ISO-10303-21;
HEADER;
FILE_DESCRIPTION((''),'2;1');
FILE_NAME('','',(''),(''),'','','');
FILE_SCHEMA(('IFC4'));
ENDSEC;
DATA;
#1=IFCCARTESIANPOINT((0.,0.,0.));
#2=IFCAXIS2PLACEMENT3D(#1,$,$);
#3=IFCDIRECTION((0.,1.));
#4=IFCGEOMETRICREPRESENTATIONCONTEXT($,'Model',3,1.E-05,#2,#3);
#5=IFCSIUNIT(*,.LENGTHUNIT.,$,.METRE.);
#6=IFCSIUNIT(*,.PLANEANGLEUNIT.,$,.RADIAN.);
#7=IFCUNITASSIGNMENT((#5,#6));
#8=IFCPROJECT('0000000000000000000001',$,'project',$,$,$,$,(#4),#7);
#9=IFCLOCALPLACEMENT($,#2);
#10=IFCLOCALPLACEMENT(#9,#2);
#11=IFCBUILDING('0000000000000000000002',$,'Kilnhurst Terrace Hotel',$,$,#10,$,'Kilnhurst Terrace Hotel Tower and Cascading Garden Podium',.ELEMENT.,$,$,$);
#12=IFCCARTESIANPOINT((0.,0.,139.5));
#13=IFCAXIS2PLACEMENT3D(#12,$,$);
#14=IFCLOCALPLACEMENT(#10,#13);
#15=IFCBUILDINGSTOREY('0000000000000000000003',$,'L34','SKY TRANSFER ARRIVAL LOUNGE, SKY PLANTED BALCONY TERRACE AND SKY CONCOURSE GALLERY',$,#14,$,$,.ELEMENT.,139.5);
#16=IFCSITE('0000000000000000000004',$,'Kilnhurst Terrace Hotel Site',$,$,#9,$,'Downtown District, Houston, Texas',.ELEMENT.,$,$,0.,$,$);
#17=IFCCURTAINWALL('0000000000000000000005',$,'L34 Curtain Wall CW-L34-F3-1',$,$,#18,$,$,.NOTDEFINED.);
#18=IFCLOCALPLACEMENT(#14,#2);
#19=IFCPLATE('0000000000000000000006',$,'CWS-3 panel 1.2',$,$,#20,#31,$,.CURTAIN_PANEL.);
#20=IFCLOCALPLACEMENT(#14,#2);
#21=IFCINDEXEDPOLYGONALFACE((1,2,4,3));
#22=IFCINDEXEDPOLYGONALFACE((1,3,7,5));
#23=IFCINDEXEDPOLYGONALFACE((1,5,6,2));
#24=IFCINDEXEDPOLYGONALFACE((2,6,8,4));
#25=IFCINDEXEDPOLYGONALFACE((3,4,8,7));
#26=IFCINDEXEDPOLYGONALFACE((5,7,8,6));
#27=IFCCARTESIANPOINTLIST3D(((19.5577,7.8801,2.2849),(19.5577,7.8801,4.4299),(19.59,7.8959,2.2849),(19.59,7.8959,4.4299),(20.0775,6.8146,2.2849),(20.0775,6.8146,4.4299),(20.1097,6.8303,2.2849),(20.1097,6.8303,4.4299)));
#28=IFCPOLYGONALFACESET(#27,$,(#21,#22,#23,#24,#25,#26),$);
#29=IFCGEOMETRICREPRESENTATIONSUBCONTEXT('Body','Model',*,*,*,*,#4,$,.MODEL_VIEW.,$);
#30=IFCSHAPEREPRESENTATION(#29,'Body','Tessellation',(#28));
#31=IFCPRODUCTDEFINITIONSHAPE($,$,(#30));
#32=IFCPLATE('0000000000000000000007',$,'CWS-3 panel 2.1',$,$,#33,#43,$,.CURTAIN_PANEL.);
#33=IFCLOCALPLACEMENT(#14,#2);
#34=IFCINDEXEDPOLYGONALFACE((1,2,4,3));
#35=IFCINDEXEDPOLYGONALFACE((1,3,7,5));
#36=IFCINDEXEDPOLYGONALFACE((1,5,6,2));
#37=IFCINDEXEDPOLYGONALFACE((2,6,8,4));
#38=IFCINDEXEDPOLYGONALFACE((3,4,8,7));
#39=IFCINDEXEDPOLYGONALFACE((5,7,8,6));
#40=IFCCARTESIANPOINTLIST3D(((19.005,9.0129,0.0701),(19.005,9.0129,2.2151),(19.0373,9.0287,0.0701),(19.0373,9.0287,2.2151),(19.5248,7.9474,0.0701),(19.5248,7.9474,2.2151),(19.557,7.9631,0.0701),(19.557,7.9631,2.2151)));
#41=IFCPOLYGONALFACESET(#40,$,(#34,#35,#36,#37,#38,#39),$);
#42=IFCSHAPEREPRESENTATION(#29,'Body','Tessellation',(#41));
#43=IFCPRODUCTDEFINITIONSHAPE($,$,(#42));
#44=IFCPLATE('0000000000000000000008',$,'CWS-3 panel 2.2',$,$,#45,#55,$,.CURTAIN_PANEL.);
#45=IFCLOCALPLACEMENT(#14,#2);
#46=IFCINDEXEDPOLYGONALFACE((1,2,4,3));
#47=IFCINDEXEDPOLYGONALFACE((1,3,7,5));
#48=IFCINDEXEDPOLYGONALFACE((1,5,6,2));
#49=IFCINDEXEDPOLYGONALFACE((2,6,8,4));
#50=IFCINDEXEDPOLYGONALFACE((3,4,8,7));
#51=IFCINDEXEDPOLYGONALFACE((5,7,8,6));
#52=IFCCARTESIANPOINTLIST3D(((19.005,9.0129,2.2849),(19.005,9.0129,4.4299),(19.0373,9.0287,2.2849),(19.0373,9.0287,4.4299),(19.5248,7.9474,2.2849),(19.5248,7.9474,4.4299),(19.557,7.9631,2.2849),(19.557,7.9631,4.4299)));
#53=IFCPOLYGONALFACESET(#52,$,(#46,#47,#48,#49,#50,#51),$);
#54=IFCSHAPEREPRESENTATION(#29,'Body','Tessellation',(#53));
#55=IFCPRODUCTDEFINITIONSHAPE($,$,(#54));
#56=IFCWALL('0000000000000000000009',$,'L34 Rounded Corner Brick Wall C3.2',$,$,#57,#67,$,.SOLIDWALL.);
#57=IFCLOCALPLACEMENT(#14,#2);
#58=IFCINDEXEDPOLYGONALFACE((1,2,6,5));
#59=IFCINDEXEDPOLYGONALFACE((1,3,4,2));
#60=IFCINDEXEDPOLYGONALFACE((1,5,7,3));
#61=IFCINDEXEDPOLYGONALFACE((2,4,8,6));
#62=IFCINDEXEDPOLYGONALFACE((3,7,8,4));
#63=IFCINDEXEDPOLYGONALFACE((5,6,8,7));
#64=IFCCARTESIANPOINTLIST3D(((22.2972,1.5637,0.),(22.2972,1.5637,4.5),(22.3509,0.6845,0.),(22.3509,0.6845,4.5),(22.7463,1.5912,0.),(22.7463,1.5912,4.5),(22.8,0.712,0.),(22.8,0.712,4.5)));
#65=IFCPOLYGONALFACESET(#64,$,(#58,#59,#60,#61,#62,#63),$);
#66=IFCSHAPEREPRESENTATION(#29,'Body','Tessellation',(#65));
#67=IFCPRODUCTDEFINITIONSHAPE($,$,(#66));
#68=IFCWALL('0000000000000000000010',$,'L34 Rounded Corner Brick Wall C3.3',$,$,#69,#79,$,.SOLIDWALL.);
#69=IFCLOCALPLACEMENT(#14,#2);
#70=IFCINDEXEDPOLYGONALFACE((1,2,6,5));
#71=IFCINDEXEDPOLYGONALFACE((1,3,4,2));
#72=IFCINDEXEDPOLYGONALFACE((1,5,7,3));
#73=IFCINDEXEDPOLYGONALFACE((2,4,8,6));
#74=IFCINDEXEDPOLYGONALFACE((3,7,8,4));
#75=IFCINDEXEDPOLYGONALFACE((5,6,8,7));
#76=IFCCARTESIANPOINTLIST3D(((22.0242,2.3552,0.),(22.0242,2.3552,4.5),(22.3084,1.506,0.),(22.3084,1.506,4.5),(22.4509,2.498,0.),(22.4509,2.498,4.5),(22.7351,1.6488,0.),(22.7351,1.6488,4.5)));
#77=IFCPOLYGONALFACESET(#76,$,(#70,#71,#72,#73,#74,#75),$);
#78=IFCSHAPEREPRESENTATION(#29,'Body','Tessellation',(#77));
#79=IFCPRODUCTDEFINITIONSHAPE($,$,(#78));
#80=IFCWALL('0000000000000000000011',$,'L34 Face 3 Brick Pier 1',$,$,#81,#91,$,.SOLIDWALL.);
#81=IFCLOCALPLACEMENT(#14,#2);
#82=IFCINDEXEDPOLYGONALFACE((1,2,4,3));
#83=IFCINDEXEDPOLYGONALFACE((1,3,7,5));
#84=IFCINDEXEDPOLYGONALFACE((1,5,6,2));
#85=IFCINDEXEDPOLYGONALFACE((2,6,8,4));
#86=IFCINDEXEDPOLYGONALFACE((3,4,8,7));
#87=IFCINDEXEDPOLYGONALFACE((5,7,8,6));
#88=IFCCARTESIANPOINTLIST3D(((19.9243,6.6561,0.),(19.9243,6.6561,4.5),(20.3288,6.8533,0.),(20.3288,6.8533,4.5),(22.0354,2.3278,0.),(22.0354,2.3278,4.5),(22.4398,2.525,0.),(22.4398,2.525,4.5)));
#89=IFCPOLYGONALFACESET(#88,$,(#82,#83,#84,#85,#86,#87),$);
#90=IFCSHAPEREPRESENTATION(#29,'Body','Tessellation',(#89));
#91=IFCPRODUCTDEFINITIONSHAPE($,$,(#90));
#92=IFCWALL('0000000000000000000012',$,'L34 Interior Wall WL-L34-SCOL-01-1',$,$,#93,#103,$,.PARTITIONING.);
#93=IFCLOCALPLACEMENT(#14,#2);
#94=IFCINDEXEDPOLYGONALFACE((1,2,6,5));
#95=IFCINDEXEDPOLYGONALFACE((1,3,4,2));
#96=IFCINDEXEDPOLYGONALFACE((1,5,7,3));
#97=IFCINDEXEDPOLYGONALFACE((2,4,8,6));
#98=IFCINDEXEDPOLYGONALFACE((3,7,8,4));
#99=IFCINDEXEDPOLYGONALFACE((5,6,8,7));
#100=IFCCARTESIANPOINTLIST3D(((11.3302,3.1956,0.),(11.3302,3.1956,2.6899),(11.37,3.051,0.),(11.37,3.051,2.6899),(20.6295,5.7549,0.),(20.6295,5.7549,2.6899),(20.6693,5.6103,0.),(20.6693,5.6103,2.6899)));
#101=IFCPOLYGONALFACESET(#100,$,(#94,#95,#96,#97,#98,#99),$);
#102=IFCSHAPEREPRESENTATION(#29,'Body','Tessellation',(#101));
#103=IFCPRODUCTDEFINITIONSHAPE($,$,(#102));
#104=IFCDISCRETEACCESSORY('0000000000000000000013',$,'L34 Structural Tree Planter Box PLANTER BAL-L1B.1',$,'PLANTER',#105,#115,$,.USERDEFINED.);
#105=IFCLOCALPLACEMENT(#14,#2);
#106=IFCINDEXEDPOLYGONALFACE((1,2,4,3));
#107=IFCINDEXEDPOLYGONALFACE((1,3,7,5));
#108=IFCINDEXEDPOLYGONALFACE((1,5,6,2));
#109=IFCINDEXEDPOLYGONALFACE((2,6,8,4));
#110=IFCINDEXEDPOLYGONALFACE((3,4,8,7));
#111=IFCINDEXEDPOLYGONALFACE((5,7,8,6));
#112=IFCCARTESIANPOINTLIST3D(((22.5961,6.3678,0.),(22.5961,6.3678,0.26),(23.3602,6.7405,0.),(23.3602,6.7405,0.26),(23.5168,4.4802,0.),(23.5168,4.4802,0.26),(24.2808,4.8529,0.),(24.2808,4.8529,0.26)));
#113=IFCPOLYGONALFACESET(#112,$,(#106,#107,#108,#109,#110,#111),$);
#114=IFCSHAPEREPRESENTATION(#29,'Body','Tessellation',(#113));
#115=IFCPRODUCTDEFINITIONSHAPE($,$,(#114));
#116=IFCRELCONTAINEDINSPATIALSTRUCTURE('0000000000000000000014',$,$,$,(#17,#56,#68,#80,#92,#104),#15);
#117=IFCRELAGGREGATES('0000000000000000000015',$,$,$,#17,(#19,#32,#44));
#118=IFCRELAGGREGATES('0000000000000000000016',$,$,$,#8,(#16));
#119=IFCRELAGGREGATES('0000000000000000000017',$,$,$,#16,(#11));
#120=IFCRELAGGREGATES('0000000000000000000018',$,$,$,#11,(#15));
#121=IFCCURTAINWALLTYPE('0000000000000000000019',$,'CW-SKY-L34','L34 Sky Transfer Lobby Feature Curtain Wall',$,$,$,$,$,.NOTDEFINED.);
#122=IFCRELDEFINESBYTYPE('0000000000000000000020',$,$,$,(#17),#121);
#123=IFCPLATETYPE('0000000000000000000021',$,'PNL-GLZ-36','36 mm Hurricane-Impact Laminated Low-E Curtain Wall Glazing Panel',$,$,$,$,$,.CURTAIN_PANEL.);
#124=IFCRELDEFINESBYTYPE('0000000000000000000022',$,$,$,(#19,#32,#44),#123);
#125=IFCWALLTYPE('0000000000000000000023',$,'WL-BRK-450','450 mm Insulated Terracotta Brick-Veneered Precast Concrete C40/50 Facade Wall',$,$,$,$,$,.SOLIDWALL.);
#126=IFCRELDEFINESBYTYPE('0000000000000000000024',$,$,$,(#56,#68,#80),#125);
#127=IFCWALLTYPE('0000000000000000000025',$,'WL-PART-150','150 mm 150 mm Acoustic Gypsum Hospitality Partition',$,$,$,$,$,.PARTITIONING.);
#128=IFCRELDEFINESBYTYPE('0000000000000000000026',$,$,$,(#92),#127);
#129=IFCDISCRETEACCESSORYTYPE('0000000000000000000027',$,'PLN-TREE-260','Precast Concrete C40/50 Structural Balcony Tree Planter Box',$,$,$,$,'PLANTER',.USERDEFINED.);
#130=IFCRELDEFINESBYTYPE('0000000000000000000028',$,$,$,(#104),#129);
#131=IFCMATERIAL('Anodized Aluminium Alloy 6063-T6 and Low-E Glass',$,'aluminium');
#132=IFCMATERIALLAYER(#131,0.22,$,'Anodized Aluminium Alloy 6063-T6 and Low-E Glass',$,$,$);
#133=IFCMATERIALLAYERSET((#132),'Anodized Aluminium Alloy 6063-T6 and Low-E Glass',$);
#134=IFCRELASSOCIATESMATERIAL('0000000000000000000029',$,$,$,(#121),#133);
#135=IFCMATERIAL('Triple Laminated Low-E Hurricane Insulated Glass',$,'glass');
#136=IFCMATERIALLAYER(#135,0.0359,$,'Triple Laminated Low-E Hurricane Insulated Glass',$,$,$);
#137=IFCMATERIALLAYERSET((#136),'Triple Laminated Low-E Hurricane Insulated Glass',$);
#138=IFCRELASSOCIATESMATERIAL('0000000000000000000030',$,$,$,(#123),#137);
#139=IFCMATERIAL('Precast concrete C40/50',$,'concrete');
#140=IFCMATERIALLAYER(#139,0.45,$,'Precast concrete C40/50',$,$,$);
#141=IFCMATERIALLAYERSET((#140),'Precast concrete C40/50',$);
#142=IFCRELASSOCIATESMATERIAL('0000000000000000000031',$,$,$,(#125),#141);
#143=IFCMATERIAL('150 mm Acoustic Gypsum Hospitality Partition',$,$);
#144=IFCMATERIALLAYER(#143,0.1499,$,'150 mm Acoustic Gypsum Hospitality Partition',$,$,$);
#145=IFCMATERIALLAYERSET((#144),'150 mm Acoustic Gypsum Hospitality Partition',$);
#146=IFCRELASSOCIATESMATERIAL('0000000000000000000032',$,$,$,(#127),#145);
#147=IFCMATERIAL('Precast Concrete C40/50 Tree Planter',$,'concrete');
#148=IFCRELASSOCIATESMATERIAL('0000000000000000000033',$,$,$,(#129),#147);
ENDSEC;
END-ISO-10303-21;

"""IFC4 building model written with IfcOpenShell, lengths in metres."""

from ifc_helpers import new_model, si_unit, direction, frame, frame_2d, origin, origin_2d, place, context, subcontext, project, spatial, rectangle, extrude, material, layer, layer_set, type_object, element, aggregate, save


model = new_model("IFC4")

# Units and contexts
model_context = context("Model", 3, precision=1e-05, world=origin(), true_north=direction((0.0, 1.0)))
body_context = subcontext(model_context, "Body", "Model", "MODEL_VIEW")
ifc_project = project(units=[si_unit("LENGTHUNIT", "METRE"), si_unit("PLANEANGLEUNIT", "RADIAN")], contexts=[model_context])

# Site, building, storey
site_placement = place(None, origin())
site = spatial("IfcSite", under=ifc_project, at=site_placement, Name="Kilnhurst Terrace Hotel Site", LongName="Downtown District, Houston, Texas", CompositionType="ELEMENT", RefElevation=0.0)
building_placement = place(site_placement, origin())
building = spatial("IfcBuilding", under=site, at=building_placement, Name="Kilnhurst Terrace Hotel", LongName="Kilnhurst Terrace Hotel Tower and Cascading Garden Podium", CompositionType="ELEMENT")
storey_placement = place(building_placement, frame((0.0, 0.0, 139.5)))
storey = spatial("IfcBuildingStorey", under=building, at=storey_placement, Name="L34", Description="SKY TRANSFER ARRIVAL LOUNGE, SKY PLANTED BALCONY TERRACE AND SKY CONCOURSE GALLERY", CompositionType="ELEMENT", Elevation=139.5)

# Curtain wall
ifc_material_1 = material(Name="Anodized Aluminium Alloy 6063-T6 and Low-E Glass", Category="aluminium")
ifc_layer_1 = layer(ifc_material_1, 0.22, Name="Anodized Aluminium Alloy 6063-T6 and Low-E Glass")
ifc_layer_set_1 = layer_set([ifc_layer_1], Name="Anodized Aluminium Alloy 6063-T6 and Low-E Glass")
curtain_wall_type = type_object("IfcCurtainWallType", Name="CW-SKY-L34", Description="L34 Sky Transfer Lobby Feature Curtain Wall", PredefinedType="NOTDEFINED", material=ifc_layer_set_1)
curtain_wall_placement = place(storey_placement, origin())
curtain_wall = element("IfcCurtainWall", 1, at=curtain_wall_placement, inside=storey, type_object=curtain_wall_type, Name="L34 Curtain Wall CW-L34-F3-1", PredefinedType="NOTDEFINED")

# Plates
ifc_material_2 = material(Name="Triple Laminated Low-E Hurricane Insulated Glass", Category="glass")
ifc_layer_2 = layer(ifc_material_2, 0.0359, Name="Triple Laminated Low-E Hurricane Insulated Glass")
ifc_layer_set_2 = layer_set([ifc_layer_2], Name="Triple Laminated Low-E Hurricane Insulated Glass")
plate_type = type_object("IfcPlateType", Name="PNL-GLZ-36", Description="36 mm Hurricane-Impact Laminated Low-E Curtain Wall Glazing Panel", PredefinedType="CURTAIN_PANEL", material=ifc_layer_set_2)
plate_1_placement = place(storey_placement, frame((19.8337, 7.3552, 2.2849), z_axis=(0.0, 0.0, 1.0), x_axis=(-0.438409, 0.898775, 0.0)))
plate_1 = element("IfcPlate", 2, at=plate_1_placement, type_object=plate_type, Name="CWS-3 panel 1.2", PredefinedType="CURTAIN_PANEL", context=body_context, shape_type="SweptSolid", body=[
    extrude(rectangle(XDim=1.1855, YDim=0.0359, at=origin_2d()), origin(), (0.0, 0.0, 1.0), 2.145),
])
plate_2_placement = place(storey_placement, frame((19.281, 8.488, 0.0701), z_axis=(0.0, 0.0, 1.0), x_axis=(-0.438409, 0.898775, 0.0)))
plate_2 = element("IfcPlate", 3, at=plate_2_placement, type_object=plate_type, Name="CWS-3 panel 2.1", PredefinedType="CURTAIN_PANEL", context=body_context, shape_type="SweptSolid", body=[
    extrude(rectangle(XDim=1.1855, YDim=0.0359, at=origin_2d()), origin(), (0.0, 0.0, 1.0), 2.145),
])
plate_3_placement = place(storey_placement, frame((19.281, 8.488, 2.2849), z_axis=(0.0, 0.0, 1.0), x_axis=(-0.438409, 0.898775, 0.0)))
plate_3 = element("IfcPlate", 4, at=plate_3_placement, type_object=plate_type, Name="CWS-3 panel 2.2", PredefinedType="CURTAIN_PANEL", context=body_context, shape_type="SweptSolid", body=[
    extrude(rectangle(XDim=1.1855, YDim=0.0359, at=origin_2d()), origin(), (0.0, 0.0, 1.0), 2.145),
])
aggregate(curtain_wall, [plate_1, plate_2, plate_3])

# Walls
ifc_material_3 = material(Name="Precast concrete C40/50", Category="concrete")
ifc_layer_3 = layer(ifc_material_3, 0.45, Name="Precast concrete C40/50")
ifc_layer_set_3 = layer_set([ifc_layer_3], Name="Precast concrete C40/50")
wall_type_1 = type_object("IfcWallType", Name="WL-BRK-450", Description="450 mm Insulated Terracotta Brick-Veneered Precast Concrete C40/50 Facade Wall", PredefinedType="SOLIDWALL", material=ifc_layer_set_3)
wall_1_placement = place(storey_placement, frame((22.5754, 0.6982, 0.0), z_axis=(0.0, 0.0, 1.0), x_axis=(-0.06098, 0.998139, 0.0)))
element("IfcWall", 5, at=wall_1_placement, inside=storey, type_object=wall_type_1, Name="L34 Rounded Corner Brick Wall C3.2", PredefinedType="SOLIDWALL", context=body_context, shape_type="SweptSolid", body=[
    extrude(rectangle(XDim=0.8809, YDim=0.45, at=frame_2d((0.4404, 0.0))), origin(), (0.0, 0.0, 1.0), 4.5),
])
wall_2_placement = place(storey_placement, frame((22.5217, 1.5774, 0.0), z_axis=(0.0, 0.0, 1.0), x_axis=(-0.317373, 0.948301, 0.0)))
element("IfcWall", 6, at=wall_2_placement, inside=storey, type_object=wall_type_1, Name="L34 Rounded Corner Brick Wall C3.3", PredefinedType="SOLIDWALL", context=body_context, shape_type="SweptSolid", body=[
    extrude(rectangle(XDim=0.8955, YDim=0.45, at=frame_2d((0.4478, 0.0))), origin(), (0.0, 0.0, 1.0), 4.5),
])
wall_3_placement = place(storey_placement, frame((22.2375, 2.4265, 0.0), z_axis=(0.0, 0.0, 1.0), x_axis=(-0.438371, 0.898794, 0.0)))
element("IfcWall", 7, at=wall_3_placement, inside=storey, type_object=wall_type_1, Name="L34 Face 3 Brick Pier 1", PredefinedType="SOLIDWALL", context=body_context, shape_type="SweptSolid", body=[
    extrude(rectangle(XDim=4.8157, YDim=0.45, at=frame_2d((2.4077, 0.0))), origin(), (0.0, 0.0, 1.0), 4.5),
])
ifc_material_4 = material(Name="150 mm Acoustic Gypsum Hospitality Partition")
ifc_layer_4 = layer(ifc_material_4, 0.1499, Name="150 mm Acoustic Gypsum Hospitality Partition")
ifc_layer_set_4 = layer_set([ifc_layer_4], Name="150 mm Acoustic Gypsum Hospitality Partition")
wall_type_2 = type_object("IfcWallType", Name="WL-PART-150", Description="150 mm 150 mm Acoustic Gypsum Hospitality Partition", PredefinedType="PARTITIONING", material=ifc_layer_set_4)
wall_4_placement = place(storey_placement, frame((11.3501, 3.1233, 0.0), z_axis=(0.0, 0.0, 1.0), x_axis=(0.964152, 0.265351, 0.0)))
element("IfcWall", 8, at=wall_4_placement, inside=storey, type_object=wall_type_2, Name="L34 Interior Wall WL-L34-SCOL-01-1", PredefinedType="PARTITIONING", context=body_context, shape_type="SweptSolid", body=[
    extrude(rectangle(XDim=9.645, YDim=0.1499, at=frame_2d((4.8225, 0.0))), origin(), (0.0, 0.0, 1.0), 2.6899),
])

# Discrete accessory
ifc_material_5 = material(Name="Precast Concrete C40/50 Tree Planter", Category="concrete")
discrete_accessory_type = type_object("IfcDiscreteAccessoryType", Name="PLN-TREE-260", Description="Precast Concrete C40/50 Structural Balcony Tree Planter Box", ElementType="PLANTER", PredefinedType="USERDEFINED", material=ifc_material_5)
discrete_accessory_placement = place(storey_placement, frame((23.4385, 5.6104, 0.0), z_axis=(0.0, 0.0, 1.0), x_axis=(-0.438387, 0.898786, 0.0)))
element("IfcDiscreteAccessory", 9, at=discrete_accessory_placement, inside=storey, type_object=discrete_accessory_type, Name="L34 Structural Tree Planter Box PLANTER BAL-L1B.1", ObjectType="PLANTER", PredefinedType="USERDEFINED", context=body_context, shape_type="SweptSolid", body=[
    extrude(rectangle(XDim=2.1001, YDim=0.8501, at=origin_2d()), origin(), (0.0, 0.0, 1.0), 0.26),
])

save(model, "model.ifc")
